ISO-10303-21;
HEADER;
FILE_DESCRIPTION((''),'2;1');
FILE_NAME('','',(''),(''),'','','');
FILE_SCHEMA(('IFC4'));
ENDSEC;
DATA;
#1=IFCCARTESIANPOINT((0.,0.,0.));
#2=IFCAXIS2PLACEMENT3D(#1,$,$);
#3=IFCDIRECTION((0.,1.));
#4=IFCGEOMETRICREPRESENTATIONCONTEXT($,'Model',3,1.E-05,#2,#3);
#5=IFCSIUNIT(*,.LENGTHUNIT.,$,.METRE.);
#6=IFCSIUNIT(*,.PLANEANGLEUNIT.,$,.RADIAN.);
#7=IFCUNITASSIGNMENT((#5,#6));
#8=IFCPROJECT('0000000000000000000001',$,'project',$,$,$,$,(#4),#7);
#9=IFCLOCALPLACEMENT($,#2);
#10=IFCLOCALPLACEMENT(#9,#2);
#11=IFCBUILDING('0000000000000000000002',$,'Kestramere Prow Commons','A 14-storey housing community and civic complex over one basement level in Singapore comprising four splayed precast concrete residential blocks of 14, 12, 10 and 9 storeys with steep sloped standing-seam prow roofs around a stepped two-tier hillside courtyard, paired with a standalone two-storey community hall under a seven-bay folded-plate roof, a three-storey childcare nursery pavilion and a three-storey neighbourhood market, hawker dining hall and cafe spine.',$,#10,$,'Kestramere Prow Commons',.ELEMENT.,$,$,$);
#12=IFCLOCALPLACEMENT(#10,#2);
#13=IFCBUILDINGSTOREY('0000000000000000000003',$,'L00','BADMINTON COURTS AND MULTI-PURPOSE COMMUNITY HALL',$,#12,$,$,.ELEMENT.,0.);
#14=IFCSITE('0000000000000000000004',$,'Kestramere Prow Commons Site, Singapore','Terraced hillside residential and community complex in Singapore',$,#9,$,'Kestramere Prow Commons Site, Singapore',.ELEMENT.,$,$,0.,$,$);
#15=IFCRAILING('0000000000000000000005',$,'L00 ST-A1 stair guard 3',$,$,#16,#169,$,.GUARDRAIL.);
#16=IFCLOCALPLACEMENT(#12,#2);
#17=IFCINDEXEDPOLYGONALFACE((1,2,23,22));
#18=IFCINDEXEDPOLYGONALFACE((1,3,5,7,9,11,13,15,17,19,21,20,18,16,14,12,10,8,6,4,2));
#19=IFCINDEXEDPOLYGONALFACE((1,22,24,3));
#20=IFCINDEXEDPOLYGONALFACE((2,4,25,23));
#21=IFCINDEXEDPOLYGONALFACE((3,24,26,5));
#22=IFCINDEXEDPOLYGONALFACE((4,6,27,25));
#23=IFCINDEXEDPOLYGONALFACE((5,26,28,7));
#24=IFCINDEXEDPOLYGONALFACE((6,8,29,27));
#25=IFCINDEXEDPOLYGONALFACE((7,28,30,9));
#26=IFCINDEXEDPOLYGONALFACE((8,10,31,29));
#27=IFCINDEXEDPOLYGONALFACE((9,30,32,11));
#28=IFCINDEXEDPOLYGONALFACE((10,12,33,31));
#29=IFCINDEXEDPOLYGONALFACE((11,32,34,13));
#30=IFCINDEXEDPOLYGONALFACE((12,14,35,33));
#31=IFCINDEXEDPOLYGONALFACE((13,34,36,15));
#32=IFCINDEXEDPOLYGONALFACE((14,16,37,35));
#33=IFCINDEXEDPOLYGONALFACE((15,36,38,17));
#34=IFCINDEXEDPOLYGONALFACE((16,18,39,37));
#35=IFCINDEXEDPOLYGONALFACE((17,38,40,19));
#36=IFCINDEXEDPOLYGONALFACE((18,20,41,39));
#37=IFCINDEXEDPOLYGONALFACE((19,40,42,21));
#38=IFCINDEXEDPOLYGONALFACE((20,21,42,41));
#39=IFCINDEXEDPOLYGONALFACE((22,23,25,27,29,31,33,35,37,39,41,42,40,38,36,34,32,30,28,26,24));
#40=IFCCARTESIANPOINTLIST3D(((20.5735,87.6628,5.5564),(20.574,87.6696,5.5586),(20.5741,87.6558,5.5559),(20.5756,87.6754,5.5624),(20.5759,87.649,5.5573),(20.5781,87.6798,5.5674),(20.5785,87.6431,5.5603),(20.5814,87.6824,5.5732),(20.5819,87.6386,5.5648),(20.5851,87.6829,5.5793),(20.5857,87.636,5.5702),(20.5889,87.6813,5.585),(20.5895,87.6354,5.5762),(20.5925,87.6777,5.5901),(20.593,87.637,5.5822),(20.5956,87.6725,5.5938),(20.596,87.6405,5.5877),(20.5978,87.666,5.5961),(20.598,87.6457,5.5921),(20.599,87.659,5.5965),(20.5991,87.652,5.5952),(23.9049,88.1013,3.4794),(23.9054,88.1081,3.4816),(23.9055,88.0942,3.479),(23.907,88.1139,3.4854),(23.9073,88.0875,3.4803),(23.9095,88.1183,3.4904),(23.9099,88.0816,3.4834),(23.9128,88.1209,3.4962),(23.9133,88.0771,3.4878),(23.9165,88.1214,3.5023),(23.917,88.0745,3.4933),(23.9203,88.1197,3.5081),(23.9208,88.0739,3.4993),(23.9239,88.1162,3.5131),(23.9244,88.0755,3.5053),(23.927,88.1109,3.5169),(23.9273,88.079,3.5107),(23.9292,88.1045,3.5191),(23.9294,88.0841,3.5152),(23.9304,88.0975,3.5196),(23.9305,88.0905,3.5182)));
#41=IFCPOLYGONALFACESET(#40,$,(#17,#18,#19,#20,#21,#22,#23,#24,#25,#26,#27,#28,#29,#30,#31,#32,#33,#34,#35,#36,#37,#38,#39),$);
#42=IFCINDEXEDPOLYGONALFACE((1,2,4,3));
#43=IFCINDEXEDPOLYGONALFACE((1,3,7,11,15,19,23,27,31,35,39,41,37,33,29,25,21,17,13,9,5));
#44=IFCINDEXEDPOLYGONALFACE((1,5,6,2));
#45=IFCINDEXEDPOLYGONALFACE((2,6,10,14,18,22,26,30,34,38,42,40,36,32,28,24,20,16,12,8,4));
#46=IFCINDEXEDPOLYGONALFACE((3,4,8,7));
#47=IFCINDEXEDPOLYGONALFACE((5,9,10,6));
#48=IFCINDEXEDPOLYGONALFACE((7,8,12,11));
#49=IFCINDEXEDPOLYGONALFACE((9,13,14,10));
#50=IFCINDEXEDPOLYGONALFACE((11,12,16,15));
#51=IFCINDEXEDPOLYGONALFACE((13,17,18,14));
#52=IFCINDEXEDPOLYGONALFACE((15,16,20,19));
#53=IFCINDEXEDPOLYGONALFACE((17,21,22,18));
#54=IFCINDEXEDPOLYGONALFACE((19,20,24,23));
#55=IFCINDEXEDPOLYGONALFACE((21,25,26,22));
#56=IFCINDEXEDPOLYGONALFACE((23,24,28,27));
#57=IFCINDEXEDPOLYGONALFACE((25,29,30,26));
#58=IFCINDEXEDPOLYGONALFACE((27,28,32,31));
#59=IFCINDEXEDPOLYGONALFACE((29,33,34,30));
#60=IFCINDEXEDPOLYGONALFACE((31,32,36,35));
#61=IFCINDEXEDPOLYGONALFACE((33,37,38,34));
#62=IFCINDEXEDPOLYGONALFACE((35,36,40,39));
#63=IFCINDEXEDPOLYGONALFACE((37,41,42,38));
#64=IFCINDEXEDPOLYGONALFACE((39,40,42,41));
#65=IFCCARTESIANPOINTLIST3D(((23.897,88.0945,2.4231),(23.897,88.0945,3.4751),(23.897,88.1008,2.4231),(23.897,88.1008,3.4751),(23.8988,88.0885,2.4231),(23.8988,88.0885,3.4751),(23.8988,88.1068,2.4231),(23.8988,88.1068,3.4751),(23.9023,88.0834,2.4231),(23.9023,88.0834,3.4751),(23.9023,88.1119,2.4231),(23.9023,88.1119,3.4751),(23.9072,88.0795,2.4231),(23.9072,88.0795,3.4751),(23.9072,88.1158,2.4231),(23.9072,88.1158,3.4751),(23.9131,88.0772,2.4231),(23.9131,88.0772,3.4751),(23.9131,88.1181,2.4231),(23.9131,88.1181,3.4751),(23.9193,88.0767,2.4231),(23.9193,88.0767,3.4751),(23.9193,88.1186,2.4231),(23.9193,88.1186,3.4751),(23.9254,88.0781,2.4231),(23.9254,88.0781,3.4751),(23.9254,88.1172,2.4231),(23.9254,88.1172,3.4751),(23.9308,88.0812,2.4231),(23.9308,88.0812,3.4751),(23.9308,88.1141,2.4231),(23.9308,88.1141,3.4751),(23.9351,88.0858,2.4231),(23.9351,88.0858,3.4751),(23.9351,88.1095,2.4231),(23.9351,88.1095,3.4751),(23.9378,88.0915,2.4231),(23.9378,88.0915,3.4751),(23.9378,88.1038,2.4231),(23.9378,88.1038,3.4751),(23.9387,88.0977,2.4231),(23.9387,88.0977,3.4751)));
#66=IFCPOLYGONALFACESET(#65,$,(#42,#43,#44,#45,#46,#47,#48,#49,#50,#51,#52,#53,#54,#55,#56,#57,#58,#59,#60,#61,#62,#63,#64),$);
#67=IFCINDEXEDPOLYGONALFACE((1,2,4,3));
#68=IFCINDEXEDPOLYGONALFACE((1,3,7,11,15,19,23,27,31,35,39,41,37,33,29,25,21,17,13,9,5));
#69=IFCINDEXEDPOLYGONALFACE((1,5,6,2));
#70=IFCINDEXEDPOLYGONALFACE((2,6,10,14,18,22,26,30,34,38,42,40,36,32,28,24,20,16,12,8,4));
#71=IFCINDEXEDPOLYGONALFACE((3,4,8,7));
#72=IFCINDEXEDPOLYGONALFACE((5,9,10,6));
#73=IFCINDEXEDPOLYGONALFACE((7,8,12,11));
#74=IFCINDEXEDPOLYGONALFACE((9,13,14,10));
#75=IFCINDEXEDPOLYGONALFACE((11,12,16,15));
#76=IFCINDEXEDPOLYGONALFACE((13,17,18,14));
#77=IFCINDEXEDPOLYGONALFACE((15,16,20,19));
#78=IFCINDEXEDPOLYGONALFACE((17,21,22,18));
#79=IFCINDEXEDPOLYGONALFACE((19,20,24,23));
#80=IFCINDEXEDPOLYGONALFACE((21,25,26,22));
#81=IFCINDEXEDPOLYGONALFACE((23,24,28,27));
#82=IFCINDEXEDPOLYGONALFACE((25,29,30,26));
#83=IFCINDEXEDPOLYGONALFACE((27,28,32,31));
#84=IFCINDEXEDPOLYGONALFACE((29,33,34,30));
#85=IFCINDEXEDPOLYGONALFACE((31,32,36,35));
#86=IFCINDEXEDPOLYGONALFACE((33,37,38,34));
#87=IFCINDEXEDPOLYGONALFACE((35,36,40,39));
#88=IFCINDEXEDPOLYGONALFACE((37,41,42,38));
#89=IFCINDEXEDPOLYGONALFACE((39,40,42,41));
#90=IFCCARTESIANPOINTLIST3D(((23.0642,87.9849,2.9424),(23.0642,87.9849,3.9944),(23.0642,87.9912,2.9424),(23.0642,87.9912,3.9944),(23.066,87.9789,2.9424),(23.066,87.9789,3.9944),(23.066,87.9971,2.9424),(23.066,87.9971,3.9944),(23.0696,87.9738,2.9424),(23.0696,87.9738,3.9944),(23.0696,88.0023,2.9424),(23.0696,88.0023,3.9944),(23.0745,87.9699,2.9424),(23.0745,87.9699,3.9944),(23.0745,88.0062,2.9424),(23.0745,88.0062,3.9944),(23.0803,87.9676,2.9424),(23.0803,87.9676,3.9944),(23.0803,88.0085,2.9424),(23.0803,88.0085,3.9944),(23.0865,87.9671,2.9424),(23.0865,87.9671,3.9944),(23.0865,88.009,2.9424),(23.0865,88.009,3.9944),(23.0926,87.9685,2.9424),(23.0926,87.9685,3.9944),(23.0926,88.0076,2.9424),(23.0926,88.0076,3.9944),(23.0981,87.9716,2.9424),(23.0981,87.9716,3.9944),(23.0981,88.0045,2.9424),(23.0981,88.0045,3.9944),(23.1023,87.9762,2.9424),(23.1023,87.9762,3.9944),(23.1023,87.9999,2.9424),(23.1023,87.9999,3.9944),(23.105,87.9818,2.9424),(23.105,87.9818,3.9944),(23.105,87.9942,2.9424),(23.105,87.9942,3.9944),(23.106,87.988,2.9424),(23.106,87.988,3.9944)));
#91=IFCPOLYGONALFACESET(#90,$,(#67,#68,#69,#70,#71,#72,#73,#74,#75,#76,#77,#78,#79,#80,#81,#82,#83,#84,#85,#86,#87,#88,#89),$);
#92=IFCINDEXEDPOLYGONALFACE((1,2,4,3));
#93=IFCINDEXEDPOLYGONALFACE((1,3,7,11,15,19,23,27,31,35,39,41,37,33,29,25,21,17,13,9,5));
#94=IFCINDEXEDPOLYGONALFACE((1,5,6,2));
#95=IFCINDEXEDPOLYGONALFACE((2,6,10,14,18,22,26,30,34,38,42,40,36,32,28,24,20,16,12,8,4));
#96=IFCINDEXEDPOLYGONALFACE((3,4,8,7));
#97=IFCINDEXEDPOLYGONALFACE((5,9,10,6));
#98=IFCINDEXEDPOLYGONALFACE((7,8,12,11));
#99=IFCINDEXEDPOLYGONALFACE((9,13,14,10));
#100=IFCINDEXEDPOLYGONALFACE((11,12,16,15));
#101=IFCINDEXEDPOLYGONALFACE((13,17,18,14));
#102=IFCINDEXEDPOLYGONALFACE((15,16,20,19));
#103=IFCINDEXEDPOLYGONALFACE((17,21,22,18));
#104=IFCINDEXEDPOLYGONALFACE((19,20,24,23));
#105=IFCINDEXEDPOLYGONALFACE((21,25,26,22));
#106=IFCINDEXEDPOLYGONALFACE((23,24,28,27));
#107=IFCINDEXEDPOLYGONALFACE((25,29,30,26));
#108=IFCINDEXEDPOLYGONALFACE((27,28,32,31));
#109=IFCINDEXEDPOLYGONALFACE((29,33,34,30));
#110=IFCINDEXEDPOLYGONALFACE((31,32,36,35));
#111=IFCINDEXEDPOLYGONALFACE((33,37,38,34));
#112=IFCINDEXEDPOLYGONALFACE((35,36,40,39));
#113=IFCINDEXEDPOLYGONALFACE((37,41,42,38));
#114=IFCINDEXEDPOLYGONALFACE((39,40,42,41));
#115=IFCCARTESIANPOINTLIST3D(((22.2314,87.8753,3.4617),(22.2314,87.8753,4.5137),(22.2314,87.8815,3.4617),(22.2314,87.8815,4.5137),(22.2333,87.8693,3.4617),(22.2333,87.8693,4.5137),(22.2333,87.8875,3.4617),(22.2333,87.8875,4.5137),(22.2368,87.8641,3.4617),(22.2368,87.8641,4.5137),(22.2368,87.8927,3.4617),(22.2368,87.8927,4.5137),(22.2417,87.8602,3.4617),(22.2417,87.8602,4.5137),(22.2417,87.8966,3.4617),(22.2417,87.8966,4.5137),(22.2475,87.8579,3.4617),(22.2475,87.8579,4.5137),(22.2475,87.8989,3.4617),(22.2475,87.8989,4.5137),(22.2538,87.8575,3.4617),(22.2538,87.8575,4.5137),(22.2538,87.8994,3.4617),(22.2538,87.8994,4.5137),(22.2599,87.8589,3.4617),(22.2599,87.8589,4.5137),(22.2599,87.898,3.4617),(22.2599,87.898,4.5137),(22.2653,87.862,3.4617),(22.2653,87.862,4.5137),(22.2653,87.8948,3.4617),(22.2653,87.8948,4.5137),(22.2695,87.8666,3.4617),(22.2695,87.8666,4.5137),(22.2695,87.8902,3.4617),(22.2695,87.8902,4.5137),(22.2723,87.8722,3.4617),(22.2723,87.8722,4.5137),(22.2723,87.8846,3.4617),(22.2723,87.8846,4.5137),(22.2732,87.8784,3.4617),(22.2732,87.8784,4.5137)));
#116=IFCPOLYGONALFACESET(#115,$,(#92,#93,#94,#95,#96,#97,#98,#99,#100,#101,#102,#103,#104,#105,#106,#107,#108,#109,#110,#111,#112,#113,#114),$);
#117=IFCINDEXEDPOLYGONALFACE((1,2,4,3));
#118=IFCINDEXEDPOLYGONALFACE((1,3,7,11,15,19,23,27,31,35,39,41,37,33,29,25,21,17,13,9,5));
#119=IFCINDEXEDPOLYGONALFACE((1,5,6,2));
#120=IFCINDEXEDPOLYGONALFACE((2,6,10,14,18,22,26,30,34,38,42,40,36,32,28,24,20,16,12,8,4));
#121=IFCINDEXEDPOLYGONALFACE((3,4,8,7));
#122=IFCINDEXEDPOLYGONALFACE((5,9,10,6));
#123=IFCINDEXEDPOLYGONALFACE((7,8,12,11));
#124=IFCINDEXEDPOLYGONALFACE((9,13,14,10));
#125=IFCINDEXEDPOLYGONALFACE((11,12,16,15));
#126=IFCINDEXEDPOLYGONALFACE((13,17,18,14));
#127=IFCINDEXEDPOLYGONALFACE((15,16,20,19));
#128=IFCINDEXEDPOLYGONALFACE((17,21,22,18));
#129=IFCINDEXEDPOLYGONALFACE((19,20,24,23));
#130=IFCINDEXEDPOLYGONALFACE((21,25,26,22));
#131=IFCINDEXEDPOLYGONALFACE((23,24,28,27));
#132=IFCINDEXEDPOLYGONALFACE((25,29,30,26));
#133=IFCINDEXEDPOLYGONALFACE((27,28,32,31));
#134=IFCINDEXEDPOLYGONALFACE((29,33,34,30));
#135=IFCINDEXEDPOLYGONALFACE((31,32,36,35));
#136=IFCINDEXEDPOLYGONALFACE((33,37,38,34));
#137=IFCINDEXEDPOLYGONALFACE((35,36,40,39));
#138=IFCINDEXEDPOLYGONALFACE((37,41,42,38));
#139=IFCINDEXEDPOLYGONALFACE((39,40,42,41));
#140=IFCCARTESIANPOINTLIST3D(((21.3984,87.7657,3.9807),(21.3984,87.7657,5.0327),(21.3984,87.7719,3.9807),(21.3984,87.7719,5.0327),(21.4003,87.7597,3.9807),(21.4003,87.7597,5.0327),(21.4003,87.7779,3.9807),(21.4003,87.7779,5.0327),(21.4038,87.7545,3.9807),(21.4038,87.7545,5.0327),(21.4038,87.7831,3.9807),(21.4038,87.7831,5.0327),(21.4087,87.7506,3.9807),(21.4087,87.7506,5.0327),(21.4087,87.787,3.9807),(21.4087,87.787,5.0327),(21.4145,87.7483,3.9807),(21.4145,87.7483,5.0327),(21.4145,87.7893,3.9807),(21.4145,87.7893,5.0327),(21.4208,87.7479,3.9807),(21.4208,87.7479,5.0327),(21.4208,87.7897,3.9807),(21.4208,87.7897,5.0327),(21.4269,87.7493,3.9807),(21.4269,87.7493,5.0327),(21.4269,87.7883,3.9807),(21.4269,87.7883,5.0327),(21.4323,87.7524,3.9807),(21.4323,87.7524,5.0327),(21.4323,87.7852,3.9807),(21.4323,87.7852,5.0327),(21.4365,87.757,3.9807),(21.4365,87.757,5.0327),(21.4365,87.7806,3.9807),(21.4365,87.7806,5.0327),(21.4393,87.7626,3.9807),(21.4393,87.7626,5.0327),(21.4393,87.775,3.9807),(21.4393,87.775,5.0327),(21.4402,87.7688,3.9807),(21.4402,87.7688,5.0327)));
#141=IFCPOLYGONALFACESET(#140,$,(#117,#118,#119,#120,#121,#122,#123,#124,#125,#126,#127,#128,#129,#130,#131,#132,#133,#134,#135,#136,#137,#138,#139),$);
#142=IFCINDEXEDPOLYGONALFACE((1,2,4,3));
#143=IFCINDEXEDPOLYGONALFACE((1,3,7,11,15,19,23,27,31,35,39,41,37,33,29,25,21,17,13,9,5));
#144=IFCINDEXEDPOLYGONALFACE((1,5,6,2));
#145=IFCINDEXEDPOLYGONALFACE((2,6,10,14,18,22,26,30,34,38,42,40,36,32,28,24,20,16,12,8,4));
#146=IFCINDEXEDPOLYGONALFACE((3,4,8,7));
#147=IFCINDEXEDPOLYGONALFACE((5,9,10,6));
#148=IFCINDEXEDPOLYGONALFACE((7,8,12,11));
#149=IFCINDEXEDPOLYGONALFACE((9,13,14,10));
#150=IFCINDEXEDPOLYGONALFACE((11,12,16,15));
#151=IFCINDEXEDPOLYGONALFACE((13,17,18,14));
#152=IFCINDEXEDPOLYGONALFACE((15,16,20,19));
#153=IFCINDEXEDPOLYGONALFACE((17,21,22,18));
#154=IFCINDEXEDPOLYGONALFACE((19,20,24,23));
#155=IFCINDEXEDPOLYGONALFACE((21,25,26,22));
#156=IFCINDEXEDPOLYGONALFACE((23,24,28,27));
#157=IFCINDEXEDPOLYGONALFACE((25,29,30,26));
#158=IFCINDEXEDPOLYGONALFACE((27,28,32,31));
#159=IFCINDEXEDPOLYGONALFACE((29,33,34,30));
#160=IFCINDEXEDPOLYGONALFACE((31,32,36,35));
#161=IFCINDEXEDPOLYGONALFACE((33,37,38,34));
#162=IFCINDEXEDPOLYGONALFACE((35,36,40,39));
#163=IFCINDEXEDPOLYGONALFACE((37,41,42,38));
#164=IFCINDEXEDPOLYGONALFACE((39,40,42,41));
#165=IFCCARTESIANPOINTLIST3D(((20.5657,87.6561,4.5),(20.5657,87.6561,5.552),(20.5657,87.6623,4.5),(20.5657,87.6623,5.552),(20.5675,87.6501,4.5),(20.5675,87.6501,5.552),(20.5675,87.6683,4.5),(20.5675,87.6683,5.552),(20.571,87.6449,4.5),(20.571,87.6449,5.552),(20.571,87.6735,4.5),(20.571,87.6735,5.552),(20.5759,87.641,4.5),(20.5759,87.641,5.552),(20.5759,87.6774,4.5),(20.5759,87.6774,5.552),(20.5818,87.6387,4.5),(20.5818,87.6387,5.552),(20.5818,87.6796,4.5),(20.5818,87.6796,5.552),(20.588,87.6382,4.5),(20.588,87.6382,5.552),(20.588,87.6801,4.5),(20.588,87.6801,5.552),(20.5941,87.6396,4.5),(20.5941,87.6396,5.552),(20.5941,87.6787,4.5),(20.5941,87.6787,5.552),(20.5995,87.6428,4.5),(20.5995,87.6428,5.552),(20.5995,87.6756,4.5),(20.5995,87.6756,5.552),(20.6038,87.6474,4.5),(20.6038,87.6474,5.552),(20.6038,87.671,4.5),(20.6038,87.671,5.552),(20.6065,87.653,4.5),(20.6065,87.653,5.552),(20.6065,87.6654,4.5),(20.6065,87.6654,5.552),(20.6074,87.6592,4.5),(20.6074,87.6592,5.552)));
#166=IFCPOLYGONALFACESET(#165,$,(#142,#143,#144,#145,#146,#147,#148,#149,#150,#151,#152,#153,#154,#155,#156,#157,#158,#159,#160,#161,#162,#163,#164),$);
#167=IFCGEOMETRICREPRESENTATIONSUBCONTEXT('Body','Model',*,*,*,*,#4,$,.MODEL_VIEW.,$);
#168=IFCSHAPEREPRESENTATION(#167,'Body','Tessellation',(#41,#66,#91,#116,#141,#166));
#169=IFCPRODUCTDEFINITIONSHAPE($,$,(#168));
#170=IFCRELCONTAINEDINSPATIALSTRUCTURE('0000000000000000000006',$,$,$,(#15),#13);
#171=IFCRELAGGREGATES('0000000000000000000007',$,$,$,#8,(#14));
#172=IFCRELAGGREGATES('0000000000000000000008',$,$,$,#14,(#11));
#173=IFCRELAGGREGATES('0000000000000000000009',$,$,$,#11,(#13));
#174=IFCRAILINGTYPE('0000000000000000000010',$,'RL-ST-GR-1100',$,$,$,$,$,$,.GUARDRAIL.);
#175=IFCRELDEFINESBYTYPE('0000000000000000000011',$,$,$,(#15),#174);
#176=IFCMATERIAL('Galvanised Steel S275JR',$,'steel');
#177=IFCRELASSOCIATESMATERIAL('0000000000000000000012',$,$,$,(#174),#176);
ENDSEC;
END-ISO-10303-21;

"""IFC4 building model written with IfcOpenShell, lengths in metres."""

from ifc_helpers import new_model, si_unit, direction, frame, origin, origin_2d, place, context, subcontext, project, spatial, circle, extrude, material, type_object, element, save


model = new_model("IFC4")

# Units and contexts
model_context = context("Model", 3, precision=1e-05, world=origin(), true_north=direction((0.0, 1.0)))
body_context = subcontext(model_context, "Body", "Model", "MODEL_VIEW")
ifc_project = project(units=[si_unit("LENGTHUNIT", "METRE"), si_unit("PLANEANGLEUNIT", "RADIAN")], contexts=[model_context])

# Site, building, storey
site_placement = place(None, origin())
site = spatial("IfcSite", under=ifc_project, at=site_placement, Name="Kestramere Prow Commons Site, Singapore", Description="Terraced hillside residential and community complex in Singapore", LongName="Kestramere Prow Commons Site, Singapore", CompositionType="ELEMENT", RefElevation=0.0)
building_placement = place(site_placement, origin())
building = spatial("IfcBuilding", under=site, at=building_placement, Name="Kestramere Prow Commons", Description="A 14-storey housing community and civic complex over one basement level in Singapore comprising four splayed precast concrete residential blocks of 14, 12, 10 and 9 storeys with steep sloped standing-seam prow roofs around a stepped two-tier hillside courtyard, paired with a standalone two-storey community hall under a seven-bay folded-plate roof, a three-storey childcare nursery pavilion and a three-storey neighbourhood market, hawker dining hall and cafe spine.", LongName="Kestramere Prow Commons", CompositionType="ELEMENT")
storey_placement = place(building_placement, origin())
storey = spatial("IfcBuildingStorey", under=building, at=storey_placement, Name="L00", Description="BADMINTON COURTS AND MULTI-PURPOSE COMMUNITY HALL", CompositionType="ELEMENT", Elevation=0.0)

# Railing
ifc_material_1 = material(Name="Galvanised Steel S275JR", Category="steel")
railing_type_1 = type_object("IfcRailingType", Name="RL-ST-GR-1100", PredefinedType="GUARDRAIL", material=ifc_material_1)
railing_1_placement = place(storey_placement, frame((23.9177, 88.0977, 2.4231)))
element("IfcRailing", 1, at=railing_1_placement, inside=storey, type_object=railing_type_1, Name="L00 ST-A1 stair guard 3", PredefinedType="GUARDRAIL", context=body_context, shape_type="SweptSolid", body=[
    extrude(circle(Radius=0.0239, at=origin_2d()), frame((0.0, 0.0, 1.0762), z_axis=(-0.843344, -0.111004, 0.525784), x_axis=(0.130498, -0.991449, 0.0)), (0.0, 0.0, 1.0), 3.9502),
    extrude(circle(Radius=0.021, at=origin_2d()), origin(), (0.0, 0.0, 1.0), 1.052),
    extrude(circle(Radius=0.021, at=origin_2d()), frame((-0.8328, -0.1096, 0.5193)), (0.0, 0.0, 1.0), 1.052),
    extrude(circle(Radius=0.021, at=origin_2d()), frame((-1.6655, -0.2192, 1.0386)), (0.0, 0.0, 1.0), 1.052),
    extrude(circle(Radius=0.021, at=origin_2d()), frame((-2.4985, -0.3289, 1.5576)), (0.0, 0.0, 1.0), 1.052),
    extrude(circle(Radius=0.021, at=origin_2d()), frame((-3.3313, -0.4385, 2.0769)), (0.0, 0.0, 1.0), 1.052),
])

save(model, "model.ifc")
